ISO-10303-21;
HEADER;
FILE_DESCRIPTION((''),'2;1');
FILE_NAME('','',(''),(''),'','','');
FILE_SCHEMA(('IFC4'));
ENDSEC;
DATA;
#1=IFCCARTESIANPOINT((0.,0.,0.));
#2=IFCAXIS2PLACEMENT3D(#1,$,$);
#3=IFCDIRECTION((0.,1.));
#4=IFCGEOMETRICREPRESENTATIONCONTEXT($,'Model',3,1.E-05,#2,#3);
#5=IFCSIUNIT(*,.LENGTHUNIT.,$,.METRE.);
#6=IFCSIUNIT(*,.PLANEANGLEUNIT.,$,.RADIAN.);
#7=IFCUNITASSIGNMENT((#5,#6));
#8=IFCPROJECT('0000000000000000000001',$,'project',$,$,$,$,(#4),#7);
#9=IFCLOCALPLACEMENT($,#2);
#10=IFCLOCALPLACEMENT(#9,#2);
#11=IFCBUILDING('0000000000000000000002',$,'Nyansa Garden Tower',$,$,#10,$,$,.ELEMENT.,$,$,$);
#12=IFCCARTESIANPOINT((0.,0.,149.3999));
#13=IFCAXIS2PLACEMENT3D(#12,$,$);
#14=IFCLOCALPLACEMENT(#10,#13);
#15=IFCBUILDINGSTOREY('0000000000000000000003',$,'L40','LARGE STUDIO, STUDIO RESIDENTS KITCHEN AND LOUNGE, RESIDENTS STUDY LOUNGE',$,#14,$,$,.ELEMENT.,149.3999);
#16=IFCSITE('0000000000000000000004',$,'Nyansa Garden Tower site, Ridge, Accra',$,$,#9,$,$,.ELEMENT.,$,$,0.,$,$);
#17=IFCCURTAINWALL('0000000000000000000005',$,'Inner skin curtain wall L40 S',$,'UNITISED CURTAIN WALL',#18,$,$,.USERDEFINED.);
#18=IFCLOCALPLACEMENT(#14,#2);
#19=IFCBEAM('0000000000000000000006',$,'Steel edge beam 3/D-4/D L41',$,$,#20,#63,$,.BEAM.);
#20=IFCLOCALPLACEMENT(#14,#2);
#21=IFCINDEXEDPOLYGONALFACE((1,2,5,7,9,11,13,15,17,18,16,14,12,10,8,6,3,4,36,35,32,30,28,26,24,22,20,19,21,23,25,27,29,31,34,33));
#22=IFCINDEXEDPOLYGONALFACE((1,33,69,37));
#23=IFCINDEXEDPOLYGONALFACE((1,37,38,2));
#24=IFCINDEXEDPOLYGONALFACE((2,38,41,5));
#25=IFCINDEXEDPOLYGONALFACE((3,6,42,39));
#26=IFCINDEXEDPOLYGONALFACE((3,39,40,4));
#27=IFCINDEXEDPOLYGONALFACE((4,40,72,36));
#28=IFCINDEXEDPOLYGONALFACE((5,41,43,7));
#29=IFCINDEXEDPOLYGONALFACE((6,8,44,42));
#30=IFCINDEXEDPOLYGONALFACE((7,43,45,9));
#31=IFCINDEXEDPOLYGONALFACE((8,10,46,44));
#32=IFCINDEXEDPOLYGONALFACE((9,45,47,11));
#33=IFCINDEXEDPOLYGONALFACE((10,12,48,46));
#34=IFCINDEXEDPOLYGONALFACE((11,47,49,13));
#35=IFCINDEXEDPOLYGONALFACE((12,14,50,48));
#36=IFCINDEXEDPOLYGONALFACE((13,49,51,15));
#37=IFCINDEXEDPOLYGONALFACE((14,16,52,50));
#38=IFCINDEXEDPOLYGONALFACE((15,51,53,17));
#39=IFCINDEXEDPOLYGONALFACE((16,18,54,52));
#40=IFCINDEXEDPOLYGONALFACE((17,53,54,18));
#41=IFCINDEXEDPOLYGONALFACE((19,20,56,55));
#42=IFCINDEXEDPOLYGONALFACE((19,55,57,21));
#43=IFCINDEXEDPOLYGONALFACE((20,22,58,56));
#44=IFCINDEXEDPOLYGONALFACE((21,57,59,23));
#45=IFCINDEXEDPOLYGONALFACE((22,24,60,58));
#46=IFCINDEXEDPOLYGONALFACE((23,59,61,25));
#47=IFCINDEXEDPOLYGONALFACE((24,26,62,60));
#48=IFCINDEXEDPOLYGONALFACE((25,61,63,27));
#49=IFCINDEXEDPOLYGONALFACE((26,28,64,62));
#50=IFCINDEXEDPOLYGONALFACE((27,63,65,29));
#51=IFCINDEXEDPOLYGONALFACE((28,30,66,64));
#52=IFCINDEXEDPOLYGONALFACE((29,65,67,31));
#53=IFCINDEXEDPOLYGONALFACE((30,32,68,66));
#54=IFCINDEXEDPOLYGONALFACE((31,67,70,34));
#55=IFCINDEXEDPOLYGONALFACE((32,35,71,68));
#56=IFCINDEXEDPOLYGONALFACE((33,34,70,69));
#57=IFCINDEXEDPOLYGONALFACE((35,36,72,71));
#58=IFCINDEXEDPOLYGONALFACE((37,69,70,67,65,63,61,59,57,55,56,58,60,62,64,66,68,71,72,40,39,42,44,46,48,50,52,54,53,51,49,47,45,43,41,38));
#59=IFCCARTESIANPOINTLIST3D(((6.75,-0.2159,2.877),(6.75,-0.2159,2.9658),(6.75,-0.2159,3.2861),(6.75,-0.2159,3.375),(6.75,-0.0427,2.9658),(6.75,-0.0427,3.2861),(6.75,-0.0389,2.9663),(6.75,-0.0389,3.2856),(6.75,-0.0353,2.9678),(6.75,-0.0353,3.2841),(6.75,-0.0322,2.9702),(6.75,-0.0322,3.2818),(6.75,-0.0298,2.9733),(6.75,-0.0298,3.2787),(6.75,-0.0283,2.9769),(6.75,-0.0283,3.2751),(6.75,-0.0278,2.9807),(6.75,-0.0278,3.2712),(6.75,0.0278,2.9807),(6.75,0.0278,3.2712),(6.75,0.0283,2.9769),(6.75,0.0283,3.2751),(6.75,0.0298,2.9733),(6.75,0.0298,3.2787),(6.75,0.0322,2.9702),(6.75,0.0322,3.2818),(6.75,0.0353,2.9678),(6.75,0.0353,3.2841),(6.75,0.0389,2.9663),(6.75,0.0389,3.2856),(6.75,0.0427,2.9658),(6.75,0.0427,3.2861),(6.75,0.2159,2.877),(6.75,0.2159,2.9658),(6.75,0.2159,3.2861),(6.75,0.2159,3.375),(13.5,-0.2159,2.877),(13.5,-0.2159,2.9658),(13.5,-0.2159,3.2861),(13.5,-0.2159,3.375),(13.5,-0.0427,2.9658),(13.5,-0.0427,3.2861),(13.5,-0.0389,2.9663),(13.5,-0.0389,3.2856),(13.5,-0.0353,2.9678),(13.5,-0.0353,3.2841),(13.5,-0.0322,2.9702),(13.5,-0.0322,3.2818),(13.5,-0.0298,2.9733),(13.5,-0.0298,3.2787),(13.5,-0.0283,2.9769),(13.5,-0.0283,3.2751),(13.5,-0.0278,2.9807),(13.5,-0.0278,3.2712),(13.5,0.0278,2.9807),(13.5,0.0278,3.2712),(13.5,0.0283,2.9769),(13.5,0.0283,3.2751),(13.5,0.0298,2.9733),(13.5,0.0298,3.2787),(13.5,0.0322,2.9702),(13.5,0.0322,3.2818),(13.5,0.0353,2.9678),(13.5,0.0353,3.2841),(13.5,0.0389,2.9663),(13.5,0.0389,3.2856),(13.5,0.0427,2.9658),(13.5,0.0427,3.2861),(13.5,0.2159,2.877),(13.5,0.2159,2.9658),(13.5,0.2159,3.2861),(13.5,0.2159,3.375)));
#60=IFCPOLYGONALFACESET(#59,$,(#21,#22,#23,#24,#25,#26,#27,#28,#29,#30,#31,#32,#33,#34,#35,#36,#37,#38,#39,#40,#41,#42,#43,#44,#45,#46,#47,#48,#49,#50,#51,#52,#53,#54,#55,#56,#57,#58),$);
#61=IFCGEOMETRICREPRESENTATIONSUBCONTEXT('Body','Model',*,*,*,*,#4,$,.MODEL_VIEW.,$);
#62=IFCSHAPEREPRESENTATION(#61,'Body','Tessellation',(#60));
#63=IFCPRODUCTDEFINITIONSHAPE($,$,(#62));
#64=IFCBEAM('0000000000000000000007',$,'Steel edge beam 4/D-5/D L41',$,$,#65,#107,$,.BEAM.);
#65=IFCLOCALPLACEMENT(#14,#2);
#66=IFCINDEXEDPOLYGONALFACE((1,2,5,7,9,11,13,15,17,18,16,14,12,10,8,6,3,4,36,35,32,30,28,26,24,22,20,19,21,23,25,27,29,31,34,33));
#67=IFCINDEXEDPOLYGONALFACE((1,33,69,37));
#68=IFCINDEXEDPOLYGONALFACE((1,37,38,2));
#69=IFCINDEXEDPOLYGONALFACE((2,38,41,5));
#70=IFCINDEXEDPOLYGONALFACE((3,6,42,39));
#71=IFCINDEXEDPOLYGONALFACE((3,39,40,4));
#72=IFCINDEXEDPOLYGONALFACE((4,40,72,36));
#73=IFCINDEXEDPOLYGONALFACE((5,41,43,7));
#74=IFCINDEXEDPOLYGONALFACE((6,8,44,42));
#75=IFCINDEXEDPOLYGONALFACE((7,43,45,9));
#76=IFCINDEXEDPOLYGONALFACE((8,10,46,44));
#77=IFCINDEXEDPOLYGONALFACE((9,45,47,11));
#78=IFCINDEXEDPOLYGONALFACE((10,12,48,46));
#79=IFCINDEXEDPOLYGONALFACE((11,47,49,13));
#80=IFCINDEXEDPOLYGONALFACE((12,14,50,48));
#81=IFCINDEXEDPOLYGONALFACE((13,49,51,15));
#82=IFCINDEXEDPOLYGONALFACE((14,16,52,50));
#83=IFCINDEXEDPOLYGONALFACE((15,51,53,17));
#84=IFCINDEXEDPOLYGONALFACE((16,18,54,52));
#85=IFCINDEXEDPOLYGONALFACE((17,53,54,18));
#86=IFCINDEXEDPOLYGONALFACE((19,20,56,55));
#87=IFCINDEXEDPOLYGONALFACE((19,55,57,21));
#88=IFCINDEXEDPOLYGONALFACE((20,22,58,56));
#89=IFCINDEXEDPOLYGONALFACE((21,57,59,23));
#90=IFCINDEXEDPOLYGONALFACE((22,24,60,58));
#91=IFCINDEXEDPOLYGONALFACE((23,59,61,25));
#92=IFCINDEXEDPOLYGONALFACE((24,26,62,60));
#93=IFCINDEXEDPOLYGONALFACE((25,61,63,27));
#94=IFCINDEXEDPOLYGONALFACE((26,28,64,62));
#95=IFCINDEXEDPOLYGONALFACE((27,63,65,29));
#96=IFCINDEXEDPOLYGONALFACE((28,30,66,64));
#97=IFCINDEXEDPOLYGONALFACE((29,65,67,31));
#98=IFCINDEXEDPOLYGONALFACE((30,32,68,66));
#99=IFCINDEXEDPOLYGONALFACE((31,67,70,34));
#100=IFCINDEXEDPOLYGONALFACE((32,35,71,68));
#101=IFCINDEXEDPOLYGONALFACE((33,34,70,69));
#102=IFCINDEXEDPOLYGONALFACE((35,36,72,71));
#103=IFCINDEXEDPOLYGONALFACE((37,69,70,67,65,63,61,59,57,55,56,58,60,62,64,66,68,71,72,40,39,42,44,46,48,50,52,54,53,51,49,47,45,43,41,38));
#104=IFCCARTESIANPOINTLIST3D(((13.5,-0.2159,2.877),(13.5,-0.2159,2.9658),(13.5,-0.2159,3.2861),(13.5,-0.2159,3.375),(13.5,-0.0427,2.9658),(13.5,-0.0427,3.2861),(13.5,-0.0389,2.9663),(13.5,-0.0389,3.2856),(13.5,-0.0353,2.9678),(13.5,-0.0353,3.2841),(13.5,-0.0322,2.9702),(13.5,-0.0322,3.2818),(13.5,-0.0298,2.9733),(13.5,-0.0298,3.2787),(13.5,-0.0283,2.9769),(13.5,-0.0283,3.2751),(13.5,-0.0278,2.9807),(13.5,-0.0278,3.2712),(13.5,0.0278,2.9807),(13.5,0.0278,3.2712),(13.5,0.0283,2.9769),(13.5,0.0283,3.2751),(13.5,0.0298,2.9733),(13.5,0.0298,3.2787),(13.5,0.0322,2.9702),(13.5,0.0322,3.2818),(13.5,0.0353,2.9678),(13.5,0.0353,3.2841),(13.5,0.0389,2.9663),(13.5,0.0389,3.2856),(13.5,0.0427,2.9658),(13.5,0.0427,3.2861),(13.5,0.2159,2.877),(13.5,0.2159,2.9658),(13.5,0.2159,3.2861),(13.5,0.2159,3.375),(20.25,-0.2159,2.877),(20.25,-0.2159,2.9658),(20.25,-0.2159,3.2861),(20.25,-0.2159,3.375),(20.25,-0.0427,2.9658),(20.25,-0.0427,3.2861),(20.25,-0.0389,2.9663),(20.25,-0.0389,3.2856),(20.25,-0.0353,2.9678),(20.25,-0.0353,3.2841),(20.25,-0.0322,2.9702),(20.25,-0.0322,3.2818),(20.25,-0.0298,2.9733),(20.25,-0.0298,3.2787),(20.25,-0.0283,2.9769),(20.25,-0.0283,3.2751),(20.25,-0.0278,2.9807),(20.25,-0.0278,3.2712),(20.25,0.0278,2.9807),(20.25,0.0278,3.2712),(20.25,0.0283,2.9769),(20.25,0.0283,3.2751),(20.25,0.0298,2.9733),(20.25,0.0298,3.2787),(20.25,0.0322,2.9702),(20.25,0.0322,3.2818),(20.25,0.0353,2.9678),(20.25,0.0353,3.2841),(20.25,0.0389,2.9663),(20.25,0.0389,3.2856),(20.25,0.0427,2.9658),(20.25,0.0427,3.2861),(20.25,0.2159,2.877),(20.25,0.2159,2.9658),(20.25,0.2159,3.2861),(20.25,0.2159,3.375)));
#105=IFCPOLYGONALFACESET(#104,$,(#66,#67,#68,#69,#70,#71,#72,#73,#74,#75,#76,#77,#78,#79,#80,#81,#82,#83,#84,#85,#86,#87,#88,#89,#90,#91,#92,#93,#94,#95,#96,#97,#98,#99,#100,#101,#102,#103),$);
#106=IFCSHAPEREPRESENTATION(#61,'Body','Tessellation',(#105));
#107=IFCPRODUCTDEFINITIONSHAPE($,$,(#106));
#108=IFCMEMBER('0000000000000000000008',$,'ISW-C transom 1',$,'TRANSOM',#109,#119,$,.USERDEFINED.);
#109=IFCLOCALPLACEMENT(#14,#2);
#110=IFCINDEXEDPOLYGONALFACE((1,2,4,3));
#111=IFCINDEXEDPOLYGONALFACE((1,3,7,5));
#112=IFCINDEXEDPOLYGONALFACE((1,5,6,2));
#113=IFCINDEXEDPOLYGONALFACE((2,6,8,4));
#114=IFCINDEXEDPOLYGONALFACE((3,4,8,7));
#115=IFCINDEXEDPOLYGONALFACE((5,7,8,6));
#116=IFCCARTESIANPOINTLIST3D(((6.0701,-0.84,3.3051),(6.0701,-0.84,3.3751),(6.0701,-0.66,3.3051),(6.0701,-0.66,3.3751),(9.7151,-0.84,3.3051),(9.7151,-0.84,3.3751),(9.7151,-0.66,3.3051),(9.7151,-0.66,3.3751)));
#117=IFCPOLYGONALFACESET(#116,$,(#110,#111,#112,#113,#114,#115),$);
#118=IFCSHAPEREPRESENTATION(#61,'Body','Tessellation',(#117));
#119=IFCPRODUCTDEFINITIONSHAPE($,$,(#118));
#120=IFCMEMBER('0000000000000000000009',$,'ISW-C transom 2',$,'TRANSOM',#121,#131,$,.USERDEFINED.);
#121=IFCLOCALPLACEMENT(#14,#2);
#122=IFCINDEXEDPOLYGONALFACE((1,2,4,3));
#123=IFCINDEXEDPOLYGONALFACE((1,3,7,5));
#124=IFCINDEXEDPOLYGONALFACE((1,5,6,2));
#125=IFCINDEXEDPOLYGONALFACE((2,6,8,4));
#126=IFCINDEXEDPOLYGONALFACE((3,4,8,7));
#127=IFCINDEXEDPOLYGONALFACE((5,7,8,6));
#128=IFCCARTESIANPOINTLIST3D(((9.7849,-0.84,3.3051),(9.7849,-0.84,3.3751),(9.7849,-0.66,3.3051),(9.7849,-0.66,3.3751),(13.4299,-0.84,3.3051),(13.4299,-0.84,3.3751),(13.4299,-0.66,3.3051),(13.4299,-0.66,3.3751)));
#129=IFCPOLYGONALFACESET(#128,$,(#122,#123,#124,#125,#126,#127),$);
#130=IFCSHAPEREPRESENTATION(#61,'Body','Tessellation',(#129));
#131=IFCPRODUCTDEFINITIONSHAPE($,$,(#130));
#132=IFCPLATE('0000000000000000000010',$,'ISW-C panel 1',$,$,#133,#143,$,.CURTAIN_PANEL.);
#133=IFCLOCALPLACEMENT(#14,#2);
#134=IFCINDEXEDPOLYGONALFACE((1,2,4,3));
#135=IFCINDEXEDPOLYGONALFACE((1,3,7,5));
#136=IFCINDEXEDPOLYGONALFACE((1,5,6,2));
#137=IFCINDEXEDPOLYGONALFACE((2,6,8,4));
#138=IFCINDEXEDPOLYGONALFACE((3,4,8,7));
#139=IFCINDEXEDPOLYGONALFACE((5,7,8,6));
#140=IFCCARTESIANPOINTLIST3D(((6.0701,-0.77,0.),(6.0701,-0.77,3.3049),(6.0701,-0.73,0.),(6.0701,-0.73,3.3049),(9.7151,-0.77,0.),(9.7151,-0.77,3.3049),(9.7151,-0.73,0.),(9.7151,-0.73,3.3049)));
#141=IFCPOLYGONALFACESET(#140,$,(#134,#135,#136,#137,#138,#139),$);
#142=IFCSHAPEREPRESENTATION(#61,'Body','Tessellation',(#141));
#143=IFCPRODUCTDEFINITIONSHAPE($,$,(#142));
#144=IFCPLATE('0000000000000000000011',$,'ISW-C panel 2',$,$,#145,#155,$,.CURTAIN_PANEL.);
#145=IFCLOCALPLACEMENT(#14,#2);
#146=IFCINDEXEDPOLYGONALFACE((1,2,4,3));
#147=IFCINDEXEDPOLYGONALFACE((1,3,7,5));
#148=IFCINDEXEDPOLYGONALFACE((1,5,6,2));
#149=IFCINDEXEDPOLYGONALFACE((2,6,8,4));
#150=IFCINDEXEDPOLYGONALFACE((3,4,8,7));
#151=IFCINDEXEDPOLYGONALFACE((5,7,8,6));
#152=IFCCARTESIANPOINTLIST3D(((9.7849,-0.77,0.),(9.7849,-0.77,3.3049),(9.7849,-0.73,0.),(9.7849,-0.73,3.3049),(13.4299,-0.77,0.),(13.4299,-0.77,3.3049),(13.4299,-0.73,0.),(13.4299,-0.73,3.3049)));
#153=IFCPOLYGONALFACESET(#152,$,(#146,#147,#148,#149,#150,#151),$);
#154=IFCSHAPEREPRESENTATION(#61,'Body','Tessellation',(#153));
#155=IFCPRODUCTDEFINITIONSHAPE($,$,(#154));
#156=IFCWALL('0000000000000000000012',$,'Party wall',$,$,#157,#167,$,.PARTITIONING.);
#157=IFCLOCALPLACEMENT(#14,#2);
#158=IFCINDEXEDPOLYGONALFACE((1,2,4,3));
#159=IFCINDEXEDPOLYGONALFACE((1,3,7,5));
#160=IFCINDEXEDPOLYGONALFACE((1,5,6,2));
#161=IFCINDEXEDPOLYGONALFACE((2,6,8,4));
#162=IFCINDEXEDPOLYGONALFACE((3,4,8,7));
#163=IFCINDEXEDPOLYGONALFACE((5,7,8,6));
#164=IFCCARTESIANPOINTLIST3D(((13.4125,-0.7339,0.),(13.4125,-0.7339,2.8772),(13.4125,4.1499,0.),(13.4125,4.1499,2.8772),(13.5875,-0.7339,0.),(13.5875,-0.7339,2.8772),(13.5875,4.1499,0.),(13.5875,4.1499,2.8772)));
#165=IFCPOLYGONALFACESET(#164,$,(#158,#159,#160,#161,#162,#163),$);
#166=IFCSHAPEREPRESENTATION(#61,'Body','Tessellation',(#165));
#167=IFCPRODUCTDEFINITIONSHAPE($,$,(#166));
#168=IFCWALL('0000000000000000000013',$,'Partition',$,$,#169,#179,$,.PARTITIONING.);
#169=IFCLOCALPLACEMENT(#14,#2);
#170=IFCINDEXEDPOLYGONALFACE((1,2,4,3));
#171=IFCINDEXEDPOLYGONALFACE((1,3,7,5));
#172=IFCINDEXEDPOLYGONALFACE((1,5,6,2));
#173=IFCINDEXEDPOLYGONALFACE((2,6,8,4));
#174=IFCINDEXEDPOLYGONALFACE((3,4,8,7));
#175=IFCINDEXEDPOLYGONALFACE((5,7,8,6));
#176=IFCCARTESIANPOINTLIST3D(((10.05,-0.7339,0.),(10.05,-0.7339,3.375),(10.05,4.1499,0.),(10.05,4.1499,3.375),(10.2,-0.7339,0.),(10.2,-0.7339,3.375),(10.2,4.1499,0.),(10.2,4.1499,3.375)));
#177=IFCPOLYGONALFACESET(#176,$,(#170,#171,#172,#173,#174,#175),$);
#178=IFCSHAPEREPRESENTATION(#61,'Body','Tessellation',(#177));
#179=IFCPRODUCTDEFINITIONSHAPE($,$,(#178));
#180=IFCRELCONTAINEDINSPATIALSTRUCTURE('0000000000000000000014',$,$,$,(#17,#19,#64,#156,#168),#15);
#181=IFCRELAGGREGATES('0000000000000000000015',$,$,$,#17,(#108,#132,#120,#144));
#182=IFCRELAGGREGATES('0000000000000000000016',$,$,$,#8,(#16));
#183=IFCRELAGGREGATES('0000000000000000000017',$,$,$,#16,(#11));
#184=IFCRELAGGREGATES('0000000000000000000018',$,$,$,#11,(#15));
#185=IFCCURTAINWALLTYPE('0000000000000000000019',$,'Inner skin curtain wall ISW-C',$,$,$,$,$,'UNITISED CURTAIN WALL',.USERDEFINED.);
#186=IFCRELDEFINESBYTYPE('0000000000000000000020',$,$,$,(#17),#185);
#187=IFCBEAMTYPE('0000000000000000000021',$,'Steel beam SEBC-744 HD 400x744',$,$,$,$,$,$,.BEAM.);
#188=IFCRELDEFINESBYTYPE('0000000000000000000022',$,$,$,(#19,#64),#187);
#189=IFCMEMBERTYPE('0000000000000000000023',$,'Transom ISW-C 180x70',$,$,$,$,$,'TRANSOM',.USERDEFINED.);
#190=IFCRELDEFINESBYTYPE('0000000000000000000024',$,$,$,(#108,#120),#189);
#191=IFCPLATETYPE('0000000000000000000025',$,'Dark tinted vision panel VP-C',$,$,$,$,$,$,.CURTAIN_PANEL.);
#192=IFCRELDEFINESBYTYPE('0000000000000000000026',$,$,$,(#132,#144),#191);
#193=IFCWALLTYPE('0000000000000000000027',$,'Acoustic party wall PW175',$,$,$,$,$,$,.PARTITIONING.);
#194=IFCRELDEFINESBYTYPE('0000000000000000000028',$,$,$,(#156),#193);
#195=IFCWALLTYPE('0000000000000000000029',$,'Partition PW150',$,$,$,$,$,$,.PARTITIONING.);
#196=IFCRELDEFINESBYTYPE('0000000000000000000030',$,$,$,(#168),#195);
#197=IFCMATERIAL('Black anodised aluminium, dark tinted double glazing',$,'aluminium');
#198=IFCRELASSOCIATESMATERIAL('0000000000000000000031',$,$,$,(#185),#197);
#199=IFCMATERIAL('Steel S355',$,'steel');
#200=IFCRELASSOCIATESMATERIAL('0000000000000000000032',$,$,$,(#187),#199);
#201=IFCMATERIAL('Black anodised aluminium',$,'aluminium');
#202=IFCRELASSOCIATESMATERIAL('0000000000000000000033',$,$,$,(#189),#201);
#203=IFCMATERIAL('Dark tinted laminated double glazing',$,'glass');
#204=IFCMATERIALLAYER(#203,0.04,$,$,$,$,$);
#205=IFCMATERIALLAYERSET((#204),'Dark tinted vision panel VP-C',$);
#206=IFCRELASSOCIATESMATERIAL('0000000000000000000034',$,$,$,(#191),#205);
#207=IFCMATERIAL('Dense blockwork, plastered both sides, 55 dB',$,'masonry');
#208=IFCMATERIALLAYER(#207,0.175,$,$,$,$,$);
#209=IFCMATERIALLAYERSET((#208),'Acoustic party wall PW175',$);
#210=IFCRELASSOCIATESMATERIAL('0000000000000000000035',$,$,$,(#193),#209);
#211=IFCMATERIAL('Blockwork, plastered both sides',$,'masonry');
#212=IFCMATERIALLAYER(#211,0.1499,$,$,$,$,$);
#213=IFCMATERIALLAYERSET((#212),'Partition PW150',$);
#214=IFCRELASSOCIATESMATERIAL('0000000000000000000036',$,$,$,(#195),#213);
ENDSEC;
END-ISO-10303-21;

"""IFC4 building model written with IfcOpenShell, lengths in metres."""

from ifc_helpers import new_model, si_unit, direction, frame, frame_2d, origin, origin_2d, place, context, subcontext, project, spatial, rectangle, i_section, extrude, material, layer, layer_set, material_profile, profile_set, type_object, element, aggregate, save


model = new_model("IFC4")

# Units and contexts
model_context = context("Model", 3, precision=1e-05, world=origin(), true_north=direction((0.0, 1.0)))
body_context = subcontext(model_context, "Body", "Model", "MODEL_VIEW")
ifc_project = project(units=[si_unit("LENGTHUNIT", "METRE"), si_unit("PLANEANGLEUNIT", "RADIAN")], contexts=[model_context])

# Site, building, storey
site_placement = place(None, origin())
site = spatial("IfcSite", under=ifc_project, at=site_placement, Name="Nyansa Garden Tower site, Ridge, Accra", CompositionType="ELEMENT", RefElevation=0.0)
building_placement = place(site_placement, origin())
building = spatial("IfcBuilding", under=site, at=building_placement, Name="Nyansa Garden Tower", CompositionType="ELEMENT")
storey_placement = place(building_placement, frame((0.0, 0.0, 149.3999)))
storey = spatial("IfcBuildingStorey", under=building, at=storey_placement, Name="L40", Description="LARGE STUDIO, STUDIO RESIDENTS KITCHEN AND LOUNGE, RESIDENTS STUDY LOUNGE", CompositionType="ELEMENT", Elevation=149.3999)

# Curtain wall
ifc_material_1 = material(Name="Black anodised aluminium, dark tinted double glazing", Category="aluminium")
curtain_wall_type = type_object("IfcCurtainWallType", Name="Inner skin curtain wall ISW-C", ElementType="UNITISED CURTAIN WALL", PredefinedType="USERDEFINED", material=ifc_material_1)
curtain_wall_placement = place(storey_placement, origin())
curtain_wall = element("IfcCurtainWall", 1, at=curtain_wall_placement, inside=storey, type_object=curtain_wall_type, Name="Inner skin curtain wall L40 S", ObjectType="UNITISED CURTAIN WALL", PredefinedType="USERDEFINED")

# Beams
ifc_material_2 = material(Name="Steel S355", Category="steel")
ifc_material_profile_1 = material_profile(ifc_material_2, i_section(OverallWidth=0.4319, OverallDepth=0.498, WebThickness=0.0557, FlangeThickness=0.0889, FilletRadius=0.0149, at=origin_2d()), Name="HD 400x744")
ifc_profile_set_1 = profile_set([ifc_material_profile_1], Name="Steel S355")
beam_type_1 = type_object("IfcBeamType", Name="Steel beam SEBC-744 HD 400x744", PredefinedType="BEAM", material=ifc_profile_set_1)
for number, where, z_axis, x_axis, name in (
    (2, (6.75, 0.0, 3.126), (1.0, 0.0, 0.0), (0.0, 1.0, 0.0), "Steel edge beam 3/D-4/D L41"),
    (3, (13.5, 0.0, 3.126), (1.0, 0.0, 0.0), (0.0, 1.0, 0.0), "Steel edge beam 4/D-5/D L41"),
):
    element("IfcBeam", number, at=place(storey_placement, frame(where, z_axis=z_axis, x_axis=x_axis)), inside=storey, type_object=beam_type_1, Name=name, PredefinedType="BEAM", context=body_context, shape_type="SweptSolid", body=[
        extrude(i_section(OverallWidth=0.4319, OverallDepth=0.498, WebThickness=0.0557, FlangeThickness=0.0889, FilletRadius=0.0149, at=origin_2d()), origin(), (0.0, 0.0, 1.0), 6.75),
    ])

# Members
ifc_material_3 = material(Name="Black anodised aluminium", Category="aluminium")
ifc_material_profile_2 = material_profile(ifc_material_3, rectangle(XDim=0.1799, YDim=0.0701, at=origin_2d()), Name="Transom 180x70")
ifc_profile_set_2 = profile_set([ifc_material_profile_2], Name="Black anodised aluminium")
member_type_1 = type_object("IfcMemberType", Name="Transom ISW-C 180x70", ElementType="TRANSOM", PredefinedType="USERDEFINED", material=ifc_profile_set_2)
member_1_placement = place(storey_placement, frame((6.0701, -0.75, 3.3401), z_axis=(1.0, 0.0, 0.0), x_axis=(0.0, 1.0, 0.0)))
member_1 = element("IfcMember", 4, at=member_1_placement, type_object=member_type_1, Name="ISW-C transom 1", ObjectType="TRANSOM", PredefinedType="USERDEFINED", context=body_context, shape_type="SweptSolid", body=[
    extrude(rectangle(XDim=0.1799, YDim=0.0701, at=origin_2d()), origin(), (0.0, 0.0, 1.0), 3.645),
])
member_2_placement = place(storey_placement, frame((9.7849, -0.75, 3.3401), z_axis=(1.0, 0.0, 0.0), x_axis=(0.0, 1.0, 0.0)))
member_2 = element("IfcMember", 5, at=member_2_placement, type_object=member_type_1, Name="ISW-C transom 2", ObjectType="TRANSOM", PredefinedType="USERDEFINED", context=body_context, shape_type="SweptSolid", body=[
    extrude(rectangle(XDim=0.1799, YDim=0.0701, at=origin_2d()), origin(), (0.0, 0.0, 1.0), 3.645),
])

# Plates
ifc_material_4 = material(Name="Dark tinted laminated double glazing", Category="glass")
ifc_layer_1 = layer(ifc_material_4, 0.04)
ifc_layer_set_1 = layer_set([ifc_layer_1], Name="Dark tinted vision panel VP-C")
plate_type = type_object("IfcPlateType", Name="Dark tinted vision panel VP-C", PredefinedType="CURTAIN_PANEL", material=ifc_layer_set_1)
plate_1_placement = place(storey_placement, frame((7.8926, -0.75, 0.0), z_axis=(0.0, 0.0, 1.0), x_axis=(1.0, 0.0, 0.0)))
plate_1 = element("IfcPlate", 6, at=plate_1_placement, type_object=plate_type, Name="ISW-C panel 1", PredefinedType="CURTAIN_PANEL", context=body_context, shape_type="SweptSolid", body=[
    extrude(rectangle(XDim=3.645, YDim=0.04, at=origin_2d()), origin(), (0.0, 0.0, 1.0), 3.3049),
])
plate_2_placement = place(storey_placement, frame((11.6074, -0.75, 0.0), z_axis=(0.0, 0.0, 1.0), x_axis=(1.0, 0.0, 0.0)))
plate_2 = element("IfcPlate", 7, at=plate_2_placement, type_object=plate_type, Name="ISW-C panel 2", PredefinedType="CURTAIN_PANEL", context=body_context, shape_type="SweptSolid", body=[
    extrude(rectangle(XDim=3.645, YDim=0.04, at=origin_2d()), origin(), (0.0, 0.0, 1.0), 3.3049),
])
aggregate(curtain_wall, [member_1, plate_1, member_2, plate_2])

# Walls
ifc_material_5 = material(Name="Dense blockwork, plastered both sides, 55 dB", Category="masonry")
ifc_layer_2 = layer(ifc_material_5, 0.175)
ifc_layer_set_2 = layer_set([ifc_layer_2], Name="Acoustic party wall PW175")
wall_type_1 = type_object("IfcWallType", Name="Acoustic party wall PW175", PredefinedType="PARTITIONING", material=ifc_layer_set_2)
wall_1_placement = place(storey_placement, frame((13.5, -0.7339, 0.0), z_axis=(0.0, 0.0, 1.0), x_axis=(0.0, 1.0, 0.0)))
element("IfcWall", 8, at=wall_1_placement, inside=storey, type_object=wall_type_1, Name="Party wall", PredefinedType="PARTITIONING", context=body_context, shape_type="SweptSolid", body=[
    extrude(rectangle(XDim=4.8838, YDim=0.175, at=frame_2d((2.4419, 0.0))), origin(), (0.0, 0.0, 1.0), 2.8772),
])
ifc_material_6 = material(Name="Blockwork, plastered both sides", Category="masonry")
ifc_layer_3 = layer(ifc_material_6, 0.1499)
ifc_layer_set_3 = layer_set([ifc_layer_3], Name="Partition PW150")
wall_type_2 = type_object("IfcWallType", Name="Partition PW150", PredefinedType="PARTITIONING", material=ifc_layer_set_3)
wall_2_placement = place(storey_placement, frame((10.125, -0.7339, 0.0), z_axis=(0.0, 0.0, 1.0), x_axis=(0.0, 1.0, 0.0)))
element("IfcWall", 9, at=wall_2_placement, inside=storey, type_object=wall_type_2, Name="Partition", PredefinedType="PARTITIONING", context=body_context, shape_type="SweptSolid", body=[
    extrude(rectangle(XDim=4.8838, YDim=0.1499, at=frame_2d((2.4419, 0.0))), origin(), (0.0, 0.0, 1.0), 3.375),
])

save(model, "model.ifc")
